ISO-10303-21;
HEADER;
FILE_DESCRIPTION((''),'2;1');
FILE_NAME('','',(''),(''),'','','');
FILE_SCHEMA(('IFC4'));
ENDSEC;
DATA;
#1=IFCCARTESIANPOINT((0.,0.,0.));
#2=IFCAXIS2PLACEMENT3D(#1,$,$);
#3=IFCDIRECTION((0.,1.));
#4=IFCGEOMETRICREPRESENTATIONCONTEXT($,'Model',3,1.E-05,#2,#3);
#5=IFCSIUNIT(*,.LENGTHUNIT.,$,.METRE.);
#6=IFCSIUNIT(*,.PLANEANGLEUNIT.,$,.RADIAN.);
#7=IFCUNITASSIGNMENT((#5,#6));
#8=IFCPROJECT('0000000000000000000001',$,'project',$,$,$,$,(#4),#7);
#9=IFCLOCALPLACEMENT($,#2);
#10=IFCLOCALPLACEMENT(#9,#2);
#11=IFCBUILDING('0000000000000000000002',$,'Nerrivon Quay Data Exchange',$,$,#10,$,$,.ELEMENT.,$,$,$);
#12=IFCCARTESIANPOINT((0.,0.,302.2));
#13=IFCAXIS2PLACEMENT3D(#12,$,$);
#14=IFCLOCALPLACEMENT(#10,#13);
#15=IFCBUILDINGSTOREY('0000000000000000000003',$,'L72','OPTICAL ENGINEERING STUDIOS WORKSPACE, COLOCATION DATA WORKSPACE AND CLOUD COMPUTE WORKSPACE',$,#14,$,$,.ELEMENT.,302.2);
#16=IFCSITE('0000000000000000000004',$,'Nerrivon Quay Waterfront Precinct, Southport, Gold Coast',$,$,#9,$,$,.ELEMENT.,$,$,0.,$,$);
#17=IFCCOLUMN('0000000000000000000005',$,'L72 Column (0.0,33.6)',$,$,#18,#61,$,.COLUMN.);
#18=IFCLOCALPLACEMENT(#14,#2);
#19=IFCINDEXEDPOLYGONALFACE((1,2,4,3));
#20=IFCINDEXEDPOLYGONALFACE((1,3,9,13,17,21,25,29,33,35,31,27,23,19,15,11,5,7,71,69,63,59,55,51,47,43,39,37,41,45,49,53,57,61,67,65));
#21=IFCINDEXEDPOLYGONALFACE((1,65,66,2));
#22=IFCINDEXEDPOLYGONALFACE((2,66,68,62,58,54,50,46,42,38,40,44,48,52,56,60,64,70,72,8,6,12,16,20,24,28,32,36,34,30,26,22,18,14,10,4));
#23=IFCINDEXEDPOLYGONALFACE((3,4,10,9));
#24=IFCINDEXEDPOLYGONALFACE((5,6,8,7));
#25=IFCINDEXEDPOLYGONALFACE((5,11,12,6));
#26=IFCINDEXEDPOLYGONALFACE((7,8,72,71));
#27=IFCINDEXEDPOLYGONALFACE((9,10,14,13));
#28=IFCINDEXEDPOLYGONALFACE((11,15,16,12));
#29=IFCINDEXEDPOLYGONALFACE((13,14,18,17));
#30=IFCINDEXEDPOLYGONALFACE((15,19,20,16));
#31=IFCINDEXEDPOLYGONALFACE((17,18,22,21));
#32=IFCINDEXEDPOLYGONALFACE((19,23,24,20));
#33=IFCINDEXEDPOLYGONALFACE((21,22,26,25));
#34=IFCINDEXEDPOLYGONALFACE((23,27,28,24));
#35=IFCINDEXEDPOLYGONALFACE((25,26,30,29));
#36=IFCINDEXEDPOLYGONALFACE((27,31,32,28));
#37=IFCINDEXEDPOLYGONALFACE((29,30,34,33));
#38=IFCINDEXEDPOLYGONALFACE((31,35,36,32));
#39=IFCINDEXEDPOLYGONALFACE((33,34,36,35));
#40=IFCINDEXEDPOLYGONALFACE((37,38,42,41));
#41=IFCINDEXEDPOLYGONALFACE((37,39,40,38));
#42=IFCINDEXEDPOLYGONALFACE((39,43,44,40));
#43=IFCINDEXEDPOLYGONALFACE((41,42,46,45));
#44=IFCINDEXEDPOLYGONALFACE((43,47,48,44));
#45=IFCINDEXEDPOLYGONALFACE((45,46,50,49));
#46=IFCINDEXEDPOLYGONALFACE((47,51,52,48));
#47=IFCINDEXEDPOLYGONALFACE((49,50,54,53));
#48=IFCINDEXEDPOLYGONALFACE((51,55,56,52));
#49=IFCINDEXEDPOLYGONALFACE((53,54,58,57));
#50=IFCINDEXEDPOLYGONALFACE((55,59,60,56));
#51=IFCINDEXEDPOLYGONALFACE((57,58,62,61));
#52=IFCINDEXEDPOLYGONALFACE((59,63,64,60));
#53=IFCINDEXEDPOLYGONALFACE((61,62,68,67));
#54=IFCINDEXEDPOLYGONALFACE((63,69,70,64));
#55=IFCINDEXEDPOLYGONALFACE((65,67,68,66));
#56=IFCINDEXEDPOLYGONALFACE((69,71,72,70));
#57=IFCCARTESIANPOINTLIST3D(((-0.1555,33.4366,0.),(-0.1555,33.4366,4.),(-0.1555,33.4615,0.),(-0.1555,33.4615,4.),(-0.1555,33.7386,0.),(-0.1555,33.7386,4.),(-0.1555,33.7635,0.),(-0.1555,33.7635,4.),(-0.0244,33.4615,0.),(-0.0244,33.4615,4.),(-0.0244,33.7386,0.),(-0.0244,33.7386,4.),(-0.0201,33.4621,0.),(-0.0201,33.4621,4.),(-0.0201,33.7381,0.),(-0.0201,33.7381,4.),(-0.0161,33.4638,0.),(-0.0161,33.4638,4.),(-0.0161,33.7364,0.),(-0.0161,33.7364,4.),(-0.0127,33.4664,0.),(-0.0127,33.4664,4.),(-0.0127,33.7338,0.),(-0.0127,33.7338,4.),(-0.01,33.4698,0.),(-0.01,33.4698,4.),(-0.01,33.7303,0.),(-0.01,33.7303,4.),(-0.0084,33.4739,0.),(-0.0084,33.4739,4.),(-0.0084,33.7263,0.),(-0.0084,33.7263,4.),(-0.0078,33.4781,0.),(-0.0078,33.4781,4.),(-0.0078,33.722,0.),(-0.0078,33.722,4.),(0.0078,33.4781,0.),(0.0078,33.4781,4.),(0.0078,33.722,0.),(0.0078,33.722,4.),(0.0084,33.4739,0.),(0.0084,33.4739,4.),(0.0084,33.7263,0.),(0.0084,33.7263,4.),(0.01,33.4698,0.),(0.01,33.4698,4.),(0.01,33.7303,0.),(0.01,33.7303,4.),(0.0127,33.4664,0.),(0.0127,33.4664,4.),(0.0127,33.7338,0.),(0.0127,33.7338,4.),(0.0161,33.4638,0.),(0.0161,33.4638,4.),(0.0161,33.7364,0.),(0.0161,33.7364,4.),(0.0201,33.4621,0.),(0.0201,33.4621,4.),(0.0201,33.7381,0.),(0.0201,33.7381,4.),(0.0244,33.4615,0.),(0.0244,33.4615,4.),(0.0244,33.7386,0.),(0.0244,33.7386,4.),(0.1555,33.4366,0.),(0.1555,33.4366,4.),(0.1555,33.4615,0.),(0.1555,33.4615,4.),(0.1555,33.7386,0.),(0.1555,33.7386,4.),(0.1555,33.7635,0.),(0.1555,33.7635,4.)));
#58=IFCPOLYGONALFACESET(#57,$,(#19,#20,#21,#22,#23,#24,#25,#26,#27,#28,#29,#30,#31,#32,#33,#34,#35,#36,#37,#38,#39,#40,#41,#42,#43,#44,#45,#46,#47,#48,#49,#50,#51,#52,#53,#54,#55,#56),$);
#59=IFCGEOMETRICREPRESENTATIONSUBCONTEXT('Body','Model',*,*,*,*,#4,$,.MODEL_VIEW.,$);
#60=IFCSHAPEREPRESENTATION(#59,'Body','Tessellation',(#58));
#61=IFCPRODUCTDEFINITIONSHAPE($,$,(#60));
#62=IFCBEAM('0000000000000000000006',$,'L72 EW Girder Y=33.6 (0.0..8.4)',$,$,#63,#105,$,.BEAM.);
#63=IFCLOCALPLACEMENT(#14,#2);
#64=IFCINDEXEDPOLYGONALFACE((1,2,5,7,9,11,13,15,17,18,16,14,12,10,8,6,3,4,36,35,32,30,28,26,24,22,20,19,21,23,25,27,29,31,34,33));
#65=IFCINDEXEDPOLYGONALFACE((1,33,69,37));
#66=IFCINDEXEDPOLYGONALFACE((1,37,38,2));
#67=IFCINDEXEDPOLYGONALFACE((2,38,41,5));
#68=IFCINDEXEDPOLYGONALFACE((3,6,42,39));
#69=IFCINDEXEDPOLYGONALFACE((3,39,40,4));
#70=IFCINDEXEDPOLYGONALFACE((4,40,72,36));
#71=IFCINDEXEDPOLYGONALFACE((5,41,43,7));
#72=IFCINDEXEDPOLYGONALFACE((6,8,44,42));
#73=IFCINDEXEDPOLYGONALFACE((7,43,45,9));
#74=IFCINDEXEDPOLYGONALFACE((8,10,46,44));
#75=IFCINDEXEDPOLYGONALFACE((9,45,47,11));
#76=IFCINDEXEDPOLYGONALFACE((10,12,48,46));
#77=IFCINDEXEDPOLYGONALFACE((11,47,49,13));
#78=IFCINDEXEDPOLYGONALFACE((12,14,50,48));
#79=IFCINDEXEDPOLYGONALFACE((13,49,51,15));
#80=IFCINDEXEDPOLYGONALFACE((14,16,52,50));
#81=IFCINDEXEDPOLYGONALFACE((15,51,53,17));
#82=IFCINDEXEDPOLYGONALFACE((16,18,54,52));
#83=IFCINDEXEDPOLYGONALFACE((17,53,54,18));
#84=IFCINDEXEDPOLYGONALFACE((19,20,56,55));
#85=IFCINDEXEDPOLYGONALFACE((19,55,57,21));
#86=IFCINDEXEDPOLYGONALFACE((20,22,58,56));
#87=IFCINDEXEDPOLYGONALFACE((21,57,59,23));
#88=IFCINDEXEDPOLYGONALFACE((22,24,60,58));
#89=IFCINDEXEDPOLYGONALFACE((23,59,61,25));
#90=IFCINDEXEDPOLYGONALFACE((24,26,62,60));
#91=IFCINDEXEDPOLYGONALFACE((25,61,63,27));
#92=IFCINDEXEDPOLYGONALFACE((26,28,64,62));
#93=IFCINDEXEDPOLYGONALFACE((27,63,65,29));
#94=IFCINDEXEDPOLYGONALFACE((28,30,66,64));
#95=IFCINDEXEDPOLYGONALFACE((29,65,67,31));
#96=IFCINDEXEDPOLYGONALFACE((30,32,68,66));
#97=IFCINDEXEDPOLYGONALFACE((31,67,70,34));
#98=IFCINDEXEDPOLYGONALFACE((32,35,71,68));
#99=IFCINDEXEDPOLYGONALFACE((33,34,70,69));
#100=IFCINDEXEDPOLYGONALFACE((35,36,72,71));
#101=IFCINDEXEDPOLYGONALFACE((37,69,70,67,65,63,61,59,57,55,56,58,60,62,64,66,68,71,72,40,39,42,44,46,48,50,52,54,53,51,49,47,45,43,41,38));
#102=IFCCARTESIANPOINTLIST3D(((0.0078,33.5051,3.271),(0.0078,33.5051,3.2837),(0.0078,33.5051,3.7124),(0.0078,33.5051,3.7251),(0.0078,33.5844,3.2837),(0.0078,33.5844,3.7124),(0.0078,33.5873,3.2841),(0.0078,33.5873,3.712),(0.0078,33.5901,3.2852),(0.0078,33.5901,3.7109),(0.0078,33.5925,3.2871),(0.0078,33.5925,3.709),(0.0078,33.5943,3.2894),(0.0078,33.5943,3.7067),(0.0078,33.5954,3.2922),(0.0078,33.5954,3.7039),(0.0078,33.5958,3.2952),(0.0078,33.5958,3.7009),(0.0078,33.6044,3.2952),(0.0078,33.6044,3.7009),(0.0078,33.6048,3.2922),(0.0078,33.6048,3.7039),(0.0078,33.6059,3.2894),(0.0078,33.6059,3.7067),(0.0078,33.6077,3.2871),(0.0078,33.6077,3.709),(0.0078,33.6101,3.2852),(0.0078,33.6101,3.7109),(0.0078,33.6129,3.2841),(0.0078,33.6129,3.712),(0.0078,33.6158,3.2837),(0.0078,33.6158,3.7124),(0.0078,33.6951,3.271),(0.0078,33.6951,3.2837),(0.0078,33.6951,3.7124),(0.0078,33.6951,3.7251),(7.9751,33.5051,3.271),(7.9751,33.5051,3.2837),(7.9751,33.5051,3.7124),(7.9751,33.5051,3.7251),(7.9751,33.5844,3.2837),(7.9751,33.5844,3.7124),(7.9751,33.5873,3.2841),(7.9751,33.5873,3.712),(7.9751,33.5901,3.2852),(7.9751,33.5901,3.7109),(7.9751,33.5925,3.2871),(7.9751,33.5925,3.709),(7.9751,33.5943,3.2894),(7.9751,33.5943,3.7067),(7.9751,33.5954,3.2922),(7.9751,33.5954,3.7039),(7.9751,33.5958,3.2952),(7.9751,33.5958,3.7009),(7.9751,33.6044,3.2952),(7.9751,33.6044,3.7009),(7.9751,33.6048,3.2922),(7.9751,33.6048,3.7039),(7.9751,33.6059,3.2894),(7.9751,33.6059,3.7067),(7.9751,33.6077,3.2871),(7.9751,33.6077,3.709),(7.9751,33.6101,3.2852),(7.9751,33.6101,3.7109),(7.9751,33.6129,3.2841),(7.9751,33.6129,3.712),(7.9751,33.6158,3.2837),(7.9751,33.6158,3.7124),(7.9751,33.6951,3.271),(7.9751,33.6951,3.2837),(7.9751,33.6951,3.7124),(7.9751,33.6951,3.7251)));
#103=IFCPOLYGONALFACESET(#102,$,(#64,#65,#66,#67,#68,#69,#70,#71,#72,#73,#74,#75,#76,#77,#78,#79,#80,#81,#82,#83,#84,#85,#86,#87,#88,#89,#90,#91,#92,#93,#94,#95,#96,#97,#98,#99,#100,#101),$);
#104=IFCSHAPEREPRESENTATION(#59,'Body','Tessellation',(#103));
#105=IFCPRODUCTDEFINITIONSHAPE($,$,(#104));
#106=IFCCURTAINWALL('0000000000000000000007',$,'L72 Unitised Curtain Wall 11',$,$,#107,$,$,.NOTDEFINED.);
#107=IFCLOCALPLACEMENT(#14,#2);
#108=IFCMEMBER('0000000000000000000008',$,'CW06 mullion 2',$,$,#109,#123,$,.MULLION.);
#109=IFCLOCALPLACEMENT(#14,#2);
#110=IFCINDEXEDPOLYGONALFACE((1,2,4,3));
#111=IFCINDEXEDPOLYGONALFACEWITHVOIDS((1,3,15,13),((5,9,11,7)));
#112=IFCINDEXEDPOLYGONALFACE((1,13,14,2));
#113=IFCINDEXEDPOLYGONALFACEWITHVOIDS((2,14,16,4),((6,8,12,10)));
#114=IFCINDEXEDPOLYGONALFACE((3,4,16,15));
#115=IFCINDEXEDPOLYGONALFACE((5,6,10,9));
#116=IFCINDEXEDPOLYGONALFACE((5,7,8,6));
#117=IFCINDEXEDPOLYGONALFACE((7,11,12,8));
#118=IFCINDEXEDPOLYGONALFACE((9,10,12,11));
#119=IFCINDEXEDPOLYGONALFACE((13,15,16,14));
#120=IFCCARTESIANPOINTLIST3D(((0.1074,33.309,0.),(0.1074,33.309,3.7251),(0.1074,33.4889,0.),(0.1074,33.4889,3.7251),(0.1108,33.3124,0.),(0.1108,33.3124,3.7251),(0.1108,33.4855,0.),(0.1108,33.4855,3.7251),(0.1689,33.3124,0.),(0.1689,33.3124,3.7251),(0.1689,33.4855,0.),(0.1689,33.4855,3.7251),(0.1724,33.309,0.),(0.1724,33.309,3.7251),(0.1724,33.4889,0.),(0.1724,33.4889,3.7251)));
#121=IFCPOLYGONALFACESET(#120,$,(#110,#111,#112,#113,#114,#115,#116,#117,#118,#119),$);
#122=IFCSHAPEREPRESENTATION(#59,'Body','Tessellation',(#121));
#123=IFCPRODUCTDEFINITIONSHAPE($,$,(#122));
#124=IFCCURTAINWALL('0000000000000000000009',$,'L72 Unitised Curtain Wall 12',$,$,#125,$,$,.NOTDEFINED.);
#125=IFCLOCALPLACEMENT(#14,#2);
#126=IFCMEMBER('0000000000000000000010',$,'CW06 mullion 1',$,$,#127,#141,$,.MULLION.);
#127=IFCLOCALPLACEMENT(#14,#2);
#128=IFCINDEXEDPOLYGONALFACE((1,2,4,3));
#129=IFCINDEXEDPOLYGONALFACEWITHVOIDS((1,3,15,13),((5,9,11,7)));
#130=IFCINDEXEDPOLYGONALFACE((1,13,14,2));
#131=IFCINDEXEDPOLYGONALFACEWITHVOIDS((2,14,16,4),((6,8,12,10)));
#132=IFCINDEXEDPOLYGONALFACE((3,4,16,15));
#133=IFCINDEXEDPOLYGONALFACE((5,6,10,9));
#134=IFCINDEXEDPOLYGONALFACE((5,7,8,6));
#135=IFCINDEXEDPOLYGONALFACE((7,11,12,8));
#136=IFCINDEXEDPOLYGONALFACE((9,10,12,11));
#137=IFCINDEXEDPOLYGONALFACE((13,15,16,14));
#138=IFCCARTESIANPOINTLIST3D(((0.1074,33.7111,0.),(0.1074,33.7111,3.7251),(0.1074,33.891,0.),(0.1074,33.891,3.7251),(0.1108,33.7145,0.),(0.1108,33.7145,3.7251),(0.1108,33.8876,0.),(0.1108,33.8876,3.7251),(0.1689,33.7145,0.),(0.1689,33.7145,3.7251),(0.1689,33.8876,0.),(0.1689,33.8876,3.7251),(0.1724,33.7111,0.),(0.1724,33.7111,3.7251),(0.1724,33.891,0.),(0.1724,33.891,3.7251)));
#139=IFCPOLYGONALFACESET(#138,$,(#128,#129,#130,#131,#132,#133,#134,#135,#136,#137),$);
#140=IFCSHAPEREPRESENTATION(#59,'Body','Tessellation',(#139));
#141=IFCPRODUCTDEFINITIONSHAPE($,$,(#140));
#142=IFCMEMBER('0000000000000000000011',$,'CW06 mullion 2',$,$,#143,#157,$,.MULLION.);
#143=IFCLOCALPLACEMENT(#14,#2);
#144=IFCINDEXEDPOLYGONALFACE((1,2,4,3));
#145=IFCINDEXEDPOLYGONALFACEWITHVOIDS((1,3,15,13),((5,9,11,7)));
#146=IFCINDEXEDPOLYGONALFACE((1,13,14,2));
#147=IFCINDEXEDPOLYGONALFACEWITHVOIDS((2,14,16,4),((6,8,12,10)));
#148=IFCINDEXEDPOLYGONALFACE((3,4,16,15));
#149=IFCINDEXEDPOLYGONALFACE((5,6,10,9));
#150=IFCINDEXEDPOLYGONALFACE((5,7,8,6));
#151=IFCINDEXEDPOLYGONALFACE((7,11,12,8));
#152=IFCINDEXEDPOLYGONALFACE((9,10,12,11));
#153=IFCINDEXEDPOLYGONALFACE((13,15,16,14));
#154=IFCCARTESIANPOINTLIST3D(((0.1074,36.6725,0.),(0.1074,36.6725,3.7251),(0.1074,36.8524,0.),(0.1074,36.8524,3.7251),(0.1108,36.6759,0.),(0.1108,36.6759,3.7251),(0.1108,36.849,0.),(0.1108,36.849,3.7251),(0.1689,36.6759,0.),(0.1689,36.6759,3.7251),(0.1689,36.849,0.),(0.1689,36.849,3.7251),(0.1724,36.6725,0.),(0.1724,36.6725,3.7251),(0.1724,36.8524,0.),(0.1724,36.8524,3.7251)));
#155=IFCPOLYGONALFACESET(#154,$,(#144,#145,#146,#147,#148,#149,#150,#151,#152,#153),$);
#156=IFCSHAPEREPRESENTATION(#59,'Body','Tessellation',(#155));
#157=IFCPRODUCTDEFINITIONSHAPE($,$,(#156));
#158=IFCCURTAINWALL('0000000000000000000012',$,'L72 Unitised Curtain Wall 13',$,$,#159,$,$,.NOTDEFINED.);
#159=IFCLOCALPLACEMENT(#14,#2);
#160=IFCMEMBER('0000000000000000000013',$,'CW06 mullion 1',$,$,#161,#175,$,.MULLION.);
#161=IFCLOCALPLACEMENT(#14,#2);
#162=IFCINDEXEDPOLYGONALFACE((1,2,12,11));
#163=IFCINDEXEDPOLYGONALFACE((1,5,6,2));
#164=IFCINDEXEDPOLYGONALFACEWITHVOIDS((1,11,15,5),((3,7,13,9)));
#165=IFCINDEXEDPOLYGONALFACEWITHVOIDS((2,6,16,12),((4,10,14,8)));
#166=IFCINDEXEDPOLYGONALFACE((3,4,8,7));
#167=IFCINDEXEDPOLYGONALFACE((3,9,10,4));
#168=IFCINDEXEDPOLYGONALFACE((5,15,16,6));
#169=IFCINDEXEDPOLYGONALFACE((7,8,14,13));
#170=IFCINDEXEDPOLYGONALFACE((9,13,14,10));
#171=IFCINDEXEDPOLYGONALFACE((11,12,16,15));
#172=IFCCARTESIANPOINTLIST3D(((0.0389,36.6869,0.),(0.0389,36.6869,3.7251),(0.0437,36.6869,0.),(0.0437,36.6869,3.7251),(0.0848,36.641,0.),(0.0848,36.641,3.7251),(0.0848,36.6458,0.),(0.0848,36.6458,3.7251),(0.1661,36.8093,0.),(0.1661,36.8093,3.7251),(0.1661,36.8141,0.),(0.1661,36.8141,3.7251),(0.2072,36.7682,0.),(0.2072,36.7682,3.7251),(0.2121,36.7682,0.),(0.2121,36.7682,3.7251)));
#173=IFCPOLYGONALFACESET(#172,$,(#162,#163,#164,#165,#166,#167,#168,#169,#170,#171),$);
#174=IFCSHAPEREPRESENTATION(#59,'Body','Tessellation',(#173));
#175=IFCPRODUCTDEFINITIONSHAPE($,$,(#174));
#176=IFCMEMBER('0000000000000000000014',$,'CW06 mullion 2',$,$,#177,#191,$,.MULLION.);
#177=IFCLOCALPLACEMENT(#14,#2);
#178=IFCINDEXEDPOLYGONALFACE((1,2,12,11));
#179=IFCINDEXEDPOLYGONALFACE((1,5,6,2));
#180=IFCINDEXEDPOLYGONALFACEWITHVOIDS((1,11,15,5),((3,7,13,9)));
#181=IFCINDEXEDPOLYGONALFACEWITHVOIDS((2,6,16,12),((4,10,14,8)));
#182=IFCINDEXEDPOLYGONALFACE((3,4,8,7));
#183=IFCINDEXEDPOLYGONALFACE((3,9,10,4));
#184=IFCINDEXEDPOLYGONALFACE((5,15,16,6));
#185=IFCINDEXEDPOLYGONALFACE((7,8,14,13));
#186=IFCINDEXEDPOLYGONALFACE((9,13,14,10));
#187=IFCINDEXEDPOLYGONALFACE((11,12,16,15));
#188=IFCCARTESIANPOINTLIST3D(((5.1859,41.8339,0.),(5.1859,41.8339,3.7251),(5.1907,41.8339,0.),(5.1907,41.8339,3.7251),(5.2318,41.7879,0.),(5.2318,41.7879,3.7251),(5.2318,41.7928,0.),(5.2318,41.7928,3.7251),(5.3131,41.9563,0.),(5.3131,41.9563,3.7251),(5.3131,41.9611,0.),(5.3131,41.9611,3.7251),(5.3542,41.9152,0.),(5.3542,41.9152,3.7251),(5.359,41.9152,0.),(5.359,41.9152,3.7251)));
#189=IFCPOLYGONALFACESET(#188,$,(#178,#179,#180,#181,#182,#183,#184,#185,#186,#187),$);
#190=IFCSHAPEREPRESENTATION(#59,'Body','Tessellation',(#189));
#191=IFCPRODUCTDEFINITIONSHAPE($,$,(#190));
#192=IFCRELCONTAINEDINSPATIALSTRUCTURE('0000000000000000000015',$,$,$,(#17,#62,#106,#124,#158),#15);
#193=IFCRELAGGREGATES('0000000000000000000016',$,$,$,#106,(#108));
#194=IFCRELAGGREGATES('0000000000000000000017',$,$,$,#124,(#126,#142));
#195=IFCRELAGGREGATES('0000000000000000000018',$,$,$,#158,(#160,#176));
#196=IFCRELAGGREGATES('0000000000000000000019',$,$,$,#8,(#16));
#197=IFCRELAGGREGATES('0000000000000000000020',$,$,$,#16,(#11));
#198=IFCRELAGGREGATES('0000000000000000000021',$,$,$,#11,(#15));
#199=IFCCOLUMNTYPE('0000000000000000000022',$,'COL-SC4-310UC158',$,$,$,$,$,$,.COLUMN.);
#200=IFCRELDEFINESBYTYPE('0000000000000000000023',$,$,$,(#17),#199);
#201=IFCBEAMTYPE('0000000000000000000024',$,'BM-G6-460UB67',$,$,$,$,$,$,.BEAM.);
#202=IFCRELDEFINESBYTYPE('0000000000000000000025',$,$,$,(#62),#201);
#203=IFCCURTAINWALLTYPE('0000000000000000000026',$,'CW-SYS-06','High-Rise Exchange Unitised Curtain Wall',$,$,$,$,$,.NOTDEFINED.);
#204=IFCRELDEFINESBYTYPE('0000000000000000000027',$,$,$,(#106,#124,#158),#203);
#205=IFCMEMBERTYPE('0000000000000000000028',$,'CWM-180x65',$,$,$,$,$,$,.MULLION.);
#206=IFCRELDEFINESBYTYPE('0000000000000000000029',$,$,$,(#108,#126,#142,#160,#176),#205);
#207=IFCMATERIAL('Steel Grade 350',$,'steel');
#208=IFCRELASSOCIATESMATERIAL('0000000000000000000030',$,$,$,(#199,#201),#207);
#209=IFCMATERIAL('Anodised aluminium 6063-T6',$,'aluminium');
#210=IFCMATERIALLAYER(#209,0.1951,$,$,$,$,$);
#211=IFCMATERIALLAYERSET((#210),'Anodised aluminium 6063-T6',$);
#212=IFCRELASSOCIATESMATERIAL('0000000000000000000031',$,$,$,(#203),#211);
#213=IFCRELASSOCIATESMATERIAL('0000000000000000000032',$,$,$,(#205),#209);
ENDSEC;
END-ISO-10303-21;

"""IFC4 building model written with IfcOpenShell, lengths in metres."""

from ifc_helpers import new_model, si_unit, direction, frame, origin, origin_2d, place, context, subcontext, project, spatial, hollow_rectangle, i_section, extrude, material, layer, layer_set, material_profile, profile_set, type_object, element, aggregate, save


model = new_model("IFC4")

# Units and contexts
model_context = context("Model", 3, precision=1e-05, world=origin(), true_north=direction((0.0, 1.0)))
body_context = subcontext(model_context, "Body", "Model", "MODEL_VIEW")
ifc_project = project(units=[si_unit("LENGTHUNIT", "METRE"), si_unit("PLANEANGLEUNIT", "RADIAN")], contexts=[model_context])

# Site, building, storey
site_placement = place(None, origin())
site = spatial("IfcSite", under=ifc_project, at=site_placement, Name="Nerrivon Quay Waterfront Precinct, Southport, Gold Coast", CompositionType="ELEMENT", RefElevation=0.0)
building_placement = place(site_placement, origin())
building = spatial("IfcBuilding", under=site, at=building_placement, Name="Nerrivon Quay Data Exchange", CompositionType="ELEMENT")
storey_placement = place(building_placement, frame((0.0, 0.0, 302.2)))
storey = spatial("IfcBuildingStorey", under=building, at=storey_placement, Name="L72", Description="OPTICAL ENGINEERING STUDIOS WORKSPACE, COLOCATION DATA WORKSPACE AND CLOUD COMPUTE WORKSPACE", CompositionType="ELEMENT", Elevation=302.2)

# Column
ifc_material_1 = material(Name="Steel Grade 350", Category="steel")
ifc_material_profile_1 = material_profile(ifc_material_1, i_section(OverallWidth=0.311, OverallDepth=0.3269, WebThickness=0.0156, FlangeThickness=0.0249, FilletRadius=0.0166, at=origin_2d()), Name="310UC158")
ifc_profile_set_1 = profile_set([ifc_material_profile_1], Name="Steel Grade 350")
column_type = type_object("IfcColumnType", Name="COL-SC4-310UC158", PredefinedType="COLUMN", material=ifc_profile_set_1)
column_placement = place(storey_placement, frame((0.0, 33.6001, 0.0), z_axis=(0.0, 0.0, 1.0), x_axis=(1.0, 0.0, 0.0)))
element("IfcColumn", 1, at=column_placement, inside=storey, type_object=column_type, Name="L72 Column (0.0,33.6)", PredefinedType="COLUMN", context=body_context, shape_type="SweptSolid", body=[
    extrude(i_section(OverallWidth=0.311, OverallDepth=0.3269, WebThickness=0.0156, FlangeThickness=0.0249, FilletRadius=0.0166, at=origin_2d()), origin(), (0.0, 0.0, 1.0), 4.0),
])

# Beam
ifc_material_profile_2 = material_profile(ifc_material_1, i_section(OverallWidth=0.1899, OverallDepth=0.4541, WebThickness=0.0085, FlangeThickness=0.0127, FilletRadius=0.0115, at=origin_2d()), Name="460UB67.1")
ifc_profile_set_2 = profile_set([ifc_material_profile_2], Name="Steel Grade 350")
beam_type = type_object("IfcBeamType", Name="BM-G6-460UB67", PredefinedType="BEAM", material=ifc_profile_set_2)
beam_placement = place(storey_placement, frame((0.0078, 33.6001, 3.498), z_axis=(1.0, 0.0, 0.0), x_axis=(0.0, 1.0, 0.0)))
element("IfcBeam", 2, at=beam_placement, inside=storey, type_object=beam_type, Name="L72 EW Girder Y=33.6 (0.0..8.4)", PredefinedType="BEAM", context=body_context, shape_type="SweptSolid", body=[
    extrude(i_section(OverallWidth=0.1899, OverallDepth=0.4541, WebThickness=0.0085, FlangeThickness=0.0127, FilletRadius=0.0115, at=origin_2d()), origin(), (0.0, 0.0, 1.0), 7.9673),
])

# Curtain wall, member
ifc_material_2 = material(Name="Anodised aluminium 6063-T6", Category="aluminium")
ifc_layer_1 = layer(ifc_material_2, 0.1951)
ifc_layer_set_1 = layer_set([ifc_layer_1], Name="Anodised aluminium 6063-T6")
curtain_wall_type = type_object("IfcCurtainWallType", Name="CW-SYS-06", Description="High-Rise Exchange Unitised Curtain Wall", PredefinedType="NOTDEFINED", material=ifc_layer_set_1)
curtain_wall_1_placement = place(storey_placement, origin())
curtain_wall_1 = element("IfcCurtainWall", 3, at=curtain_wall_1_placement, inside=storey, type_object=curtain_wall_type, Name="L72 Unitised Curtain Wall 11", PredefinedType="NOTDEFINED")
ifc_material_profile_3 = material_profile(ifc_material_2, hollow_rectangle(XDim=0.0649, YDim=0.1799, WallThickness=0.0034, at=origin_2d()), Name="ALU-MULL-180x65")
ifc_profile_set_3 = profile_set([ifc_material_profile_3], Name="Anodised aluminium 6063-T6")
member_type_1 = type_object("IfcMemberType", Name="CWM-180x65", PredefinedType="MULLION", material=ifc_profile_set_3)
member_1_placement = place(storey_placement, frame((0.1399, 33.3989, 0.0), z_axis=(0.0, 0.0, 1.0), x_axis=(-1.0, 0.0, 0.0)))
member_1 = element("IfcMember", 4, at=member_1_placement, type_object=member_type_1, Name="CW06 mullion 2", PredefinedType="MULLION", context=body_context, shape_type="SweptSolid", body=[
    extrude(hollow_rectangle(XDim=0.0649, YDim=0.1799, WallThickness=0.0034, at=origin_2d()), origin(), (0.0, 0.0, 1.0), 3.7251),
])
aggregate(curtain_wall_1, [member_1])

# Curtain walls, members
curtain_wall_2_placement = place(storey_placement, origin())
curtain_wall_2 = element("IfcCurtainWall", 5, at=curtain_wall_2_placement, inside=storey, type_object=curtain_wall_type, Name="L72 Unitised Curtain Wall 12", PredefinedType="NOTDEFINED")
member_2_placement = place(storey_placement, frame((0.1399, 33.801, 0.0), z_axis=(0.0, 0.0, 1.0), x_axis=(-1.0, 0.0, 0.0)))
member_2 = element("IfcMember", 6, at=member_2_placement, type_object=member_type_1, Name="CW06 mullion 1", PredefinedType="MULLION", context=body_context, shape_type="SweptSolid", body=[
    extrude(hollow_rectangle(XDim=0.0649, YDim=0.1799, WallThickness=0.0034, at=origin_2d()), origin(), (0.0, 0.0, 1.0), 3.7251),
])
member_3_placement = place(storey_placement, frame((0.1399, 36.7625, 0.0), z_axis=(0.0, 0.0, 1.0), x_axis=(-1.0, 0.0, 0.0)))
member_3 = element("IfcMember", 7, at=member_3_placement, type_object=member_type_1, Name="CW06 mullion 2", PredefinedType="MULLION", context=body_context, shape_type="SweptSolid", body=[
    extrude(hollow_rectangle(XDim=0.0649, YDim=0.1799, WallThickness=0.0034, at=origin_2d()), origin(), (0.0, 0.0, 1.0), 3.7251),
])
curtain_wall_3_placement = place(storey_placement, origin())
curtain_wall_3 = element("IfcCurtainWall", 8, at=curtain_wall_3_placement, inside=storey, type_object=curtain_wall_type, Name="L72 Unitised Curtain Wall 13", PredefinedType="NOTDEFINED")
member_4_placement = place(storey_placement, frame((0.1255, 36.7275, 0.0), z_axis=(0.0, 0.0, 1.0), x_axis=(-0.707107, 0.707107, 0.0)))
member_4 = element("IfcMember", 9, at=member_4_placement, type_object=member_type_1, Name="CW06 mullion 1", PredefinedType="MULLION", context=body_context, shape_type="SweptSolid", body=[
    extrude(hollow_rectangle(XDim=0.0649, YDim=0.1799, WallThickness=0.0034, at=origin_2d()), origin(), (0.0, 0.0, 1.0), 3.7251),
])
member_5_placement = place(storey_placement, frame((5.2725, 41.8745, 0.0), z_axis=(0.0, 0.0, 1.0), x_axis=(-0.707107, 0.707107, 0.0)))
member_5 = element("IfcMember", 10, at=member_5_placement, type_object=member_type_1, Name="CW06 mullion 2", PredefinedType="MULLION", context=body_context, shape_type="SweptSolid", body=[
    extrude(hollow_rectangle(XDim=0.0649, YDim=0.1799, WallThickness=0.0034, at=origin_2d()), origin(), (0.0, 0.0, 1.0), 3.7251),
])

aggregate(curtain_wall_2, [member_2, member_3])
aggregate(curtain_wall_3, [member_4, member_5])

save(model, "model.ifc")
